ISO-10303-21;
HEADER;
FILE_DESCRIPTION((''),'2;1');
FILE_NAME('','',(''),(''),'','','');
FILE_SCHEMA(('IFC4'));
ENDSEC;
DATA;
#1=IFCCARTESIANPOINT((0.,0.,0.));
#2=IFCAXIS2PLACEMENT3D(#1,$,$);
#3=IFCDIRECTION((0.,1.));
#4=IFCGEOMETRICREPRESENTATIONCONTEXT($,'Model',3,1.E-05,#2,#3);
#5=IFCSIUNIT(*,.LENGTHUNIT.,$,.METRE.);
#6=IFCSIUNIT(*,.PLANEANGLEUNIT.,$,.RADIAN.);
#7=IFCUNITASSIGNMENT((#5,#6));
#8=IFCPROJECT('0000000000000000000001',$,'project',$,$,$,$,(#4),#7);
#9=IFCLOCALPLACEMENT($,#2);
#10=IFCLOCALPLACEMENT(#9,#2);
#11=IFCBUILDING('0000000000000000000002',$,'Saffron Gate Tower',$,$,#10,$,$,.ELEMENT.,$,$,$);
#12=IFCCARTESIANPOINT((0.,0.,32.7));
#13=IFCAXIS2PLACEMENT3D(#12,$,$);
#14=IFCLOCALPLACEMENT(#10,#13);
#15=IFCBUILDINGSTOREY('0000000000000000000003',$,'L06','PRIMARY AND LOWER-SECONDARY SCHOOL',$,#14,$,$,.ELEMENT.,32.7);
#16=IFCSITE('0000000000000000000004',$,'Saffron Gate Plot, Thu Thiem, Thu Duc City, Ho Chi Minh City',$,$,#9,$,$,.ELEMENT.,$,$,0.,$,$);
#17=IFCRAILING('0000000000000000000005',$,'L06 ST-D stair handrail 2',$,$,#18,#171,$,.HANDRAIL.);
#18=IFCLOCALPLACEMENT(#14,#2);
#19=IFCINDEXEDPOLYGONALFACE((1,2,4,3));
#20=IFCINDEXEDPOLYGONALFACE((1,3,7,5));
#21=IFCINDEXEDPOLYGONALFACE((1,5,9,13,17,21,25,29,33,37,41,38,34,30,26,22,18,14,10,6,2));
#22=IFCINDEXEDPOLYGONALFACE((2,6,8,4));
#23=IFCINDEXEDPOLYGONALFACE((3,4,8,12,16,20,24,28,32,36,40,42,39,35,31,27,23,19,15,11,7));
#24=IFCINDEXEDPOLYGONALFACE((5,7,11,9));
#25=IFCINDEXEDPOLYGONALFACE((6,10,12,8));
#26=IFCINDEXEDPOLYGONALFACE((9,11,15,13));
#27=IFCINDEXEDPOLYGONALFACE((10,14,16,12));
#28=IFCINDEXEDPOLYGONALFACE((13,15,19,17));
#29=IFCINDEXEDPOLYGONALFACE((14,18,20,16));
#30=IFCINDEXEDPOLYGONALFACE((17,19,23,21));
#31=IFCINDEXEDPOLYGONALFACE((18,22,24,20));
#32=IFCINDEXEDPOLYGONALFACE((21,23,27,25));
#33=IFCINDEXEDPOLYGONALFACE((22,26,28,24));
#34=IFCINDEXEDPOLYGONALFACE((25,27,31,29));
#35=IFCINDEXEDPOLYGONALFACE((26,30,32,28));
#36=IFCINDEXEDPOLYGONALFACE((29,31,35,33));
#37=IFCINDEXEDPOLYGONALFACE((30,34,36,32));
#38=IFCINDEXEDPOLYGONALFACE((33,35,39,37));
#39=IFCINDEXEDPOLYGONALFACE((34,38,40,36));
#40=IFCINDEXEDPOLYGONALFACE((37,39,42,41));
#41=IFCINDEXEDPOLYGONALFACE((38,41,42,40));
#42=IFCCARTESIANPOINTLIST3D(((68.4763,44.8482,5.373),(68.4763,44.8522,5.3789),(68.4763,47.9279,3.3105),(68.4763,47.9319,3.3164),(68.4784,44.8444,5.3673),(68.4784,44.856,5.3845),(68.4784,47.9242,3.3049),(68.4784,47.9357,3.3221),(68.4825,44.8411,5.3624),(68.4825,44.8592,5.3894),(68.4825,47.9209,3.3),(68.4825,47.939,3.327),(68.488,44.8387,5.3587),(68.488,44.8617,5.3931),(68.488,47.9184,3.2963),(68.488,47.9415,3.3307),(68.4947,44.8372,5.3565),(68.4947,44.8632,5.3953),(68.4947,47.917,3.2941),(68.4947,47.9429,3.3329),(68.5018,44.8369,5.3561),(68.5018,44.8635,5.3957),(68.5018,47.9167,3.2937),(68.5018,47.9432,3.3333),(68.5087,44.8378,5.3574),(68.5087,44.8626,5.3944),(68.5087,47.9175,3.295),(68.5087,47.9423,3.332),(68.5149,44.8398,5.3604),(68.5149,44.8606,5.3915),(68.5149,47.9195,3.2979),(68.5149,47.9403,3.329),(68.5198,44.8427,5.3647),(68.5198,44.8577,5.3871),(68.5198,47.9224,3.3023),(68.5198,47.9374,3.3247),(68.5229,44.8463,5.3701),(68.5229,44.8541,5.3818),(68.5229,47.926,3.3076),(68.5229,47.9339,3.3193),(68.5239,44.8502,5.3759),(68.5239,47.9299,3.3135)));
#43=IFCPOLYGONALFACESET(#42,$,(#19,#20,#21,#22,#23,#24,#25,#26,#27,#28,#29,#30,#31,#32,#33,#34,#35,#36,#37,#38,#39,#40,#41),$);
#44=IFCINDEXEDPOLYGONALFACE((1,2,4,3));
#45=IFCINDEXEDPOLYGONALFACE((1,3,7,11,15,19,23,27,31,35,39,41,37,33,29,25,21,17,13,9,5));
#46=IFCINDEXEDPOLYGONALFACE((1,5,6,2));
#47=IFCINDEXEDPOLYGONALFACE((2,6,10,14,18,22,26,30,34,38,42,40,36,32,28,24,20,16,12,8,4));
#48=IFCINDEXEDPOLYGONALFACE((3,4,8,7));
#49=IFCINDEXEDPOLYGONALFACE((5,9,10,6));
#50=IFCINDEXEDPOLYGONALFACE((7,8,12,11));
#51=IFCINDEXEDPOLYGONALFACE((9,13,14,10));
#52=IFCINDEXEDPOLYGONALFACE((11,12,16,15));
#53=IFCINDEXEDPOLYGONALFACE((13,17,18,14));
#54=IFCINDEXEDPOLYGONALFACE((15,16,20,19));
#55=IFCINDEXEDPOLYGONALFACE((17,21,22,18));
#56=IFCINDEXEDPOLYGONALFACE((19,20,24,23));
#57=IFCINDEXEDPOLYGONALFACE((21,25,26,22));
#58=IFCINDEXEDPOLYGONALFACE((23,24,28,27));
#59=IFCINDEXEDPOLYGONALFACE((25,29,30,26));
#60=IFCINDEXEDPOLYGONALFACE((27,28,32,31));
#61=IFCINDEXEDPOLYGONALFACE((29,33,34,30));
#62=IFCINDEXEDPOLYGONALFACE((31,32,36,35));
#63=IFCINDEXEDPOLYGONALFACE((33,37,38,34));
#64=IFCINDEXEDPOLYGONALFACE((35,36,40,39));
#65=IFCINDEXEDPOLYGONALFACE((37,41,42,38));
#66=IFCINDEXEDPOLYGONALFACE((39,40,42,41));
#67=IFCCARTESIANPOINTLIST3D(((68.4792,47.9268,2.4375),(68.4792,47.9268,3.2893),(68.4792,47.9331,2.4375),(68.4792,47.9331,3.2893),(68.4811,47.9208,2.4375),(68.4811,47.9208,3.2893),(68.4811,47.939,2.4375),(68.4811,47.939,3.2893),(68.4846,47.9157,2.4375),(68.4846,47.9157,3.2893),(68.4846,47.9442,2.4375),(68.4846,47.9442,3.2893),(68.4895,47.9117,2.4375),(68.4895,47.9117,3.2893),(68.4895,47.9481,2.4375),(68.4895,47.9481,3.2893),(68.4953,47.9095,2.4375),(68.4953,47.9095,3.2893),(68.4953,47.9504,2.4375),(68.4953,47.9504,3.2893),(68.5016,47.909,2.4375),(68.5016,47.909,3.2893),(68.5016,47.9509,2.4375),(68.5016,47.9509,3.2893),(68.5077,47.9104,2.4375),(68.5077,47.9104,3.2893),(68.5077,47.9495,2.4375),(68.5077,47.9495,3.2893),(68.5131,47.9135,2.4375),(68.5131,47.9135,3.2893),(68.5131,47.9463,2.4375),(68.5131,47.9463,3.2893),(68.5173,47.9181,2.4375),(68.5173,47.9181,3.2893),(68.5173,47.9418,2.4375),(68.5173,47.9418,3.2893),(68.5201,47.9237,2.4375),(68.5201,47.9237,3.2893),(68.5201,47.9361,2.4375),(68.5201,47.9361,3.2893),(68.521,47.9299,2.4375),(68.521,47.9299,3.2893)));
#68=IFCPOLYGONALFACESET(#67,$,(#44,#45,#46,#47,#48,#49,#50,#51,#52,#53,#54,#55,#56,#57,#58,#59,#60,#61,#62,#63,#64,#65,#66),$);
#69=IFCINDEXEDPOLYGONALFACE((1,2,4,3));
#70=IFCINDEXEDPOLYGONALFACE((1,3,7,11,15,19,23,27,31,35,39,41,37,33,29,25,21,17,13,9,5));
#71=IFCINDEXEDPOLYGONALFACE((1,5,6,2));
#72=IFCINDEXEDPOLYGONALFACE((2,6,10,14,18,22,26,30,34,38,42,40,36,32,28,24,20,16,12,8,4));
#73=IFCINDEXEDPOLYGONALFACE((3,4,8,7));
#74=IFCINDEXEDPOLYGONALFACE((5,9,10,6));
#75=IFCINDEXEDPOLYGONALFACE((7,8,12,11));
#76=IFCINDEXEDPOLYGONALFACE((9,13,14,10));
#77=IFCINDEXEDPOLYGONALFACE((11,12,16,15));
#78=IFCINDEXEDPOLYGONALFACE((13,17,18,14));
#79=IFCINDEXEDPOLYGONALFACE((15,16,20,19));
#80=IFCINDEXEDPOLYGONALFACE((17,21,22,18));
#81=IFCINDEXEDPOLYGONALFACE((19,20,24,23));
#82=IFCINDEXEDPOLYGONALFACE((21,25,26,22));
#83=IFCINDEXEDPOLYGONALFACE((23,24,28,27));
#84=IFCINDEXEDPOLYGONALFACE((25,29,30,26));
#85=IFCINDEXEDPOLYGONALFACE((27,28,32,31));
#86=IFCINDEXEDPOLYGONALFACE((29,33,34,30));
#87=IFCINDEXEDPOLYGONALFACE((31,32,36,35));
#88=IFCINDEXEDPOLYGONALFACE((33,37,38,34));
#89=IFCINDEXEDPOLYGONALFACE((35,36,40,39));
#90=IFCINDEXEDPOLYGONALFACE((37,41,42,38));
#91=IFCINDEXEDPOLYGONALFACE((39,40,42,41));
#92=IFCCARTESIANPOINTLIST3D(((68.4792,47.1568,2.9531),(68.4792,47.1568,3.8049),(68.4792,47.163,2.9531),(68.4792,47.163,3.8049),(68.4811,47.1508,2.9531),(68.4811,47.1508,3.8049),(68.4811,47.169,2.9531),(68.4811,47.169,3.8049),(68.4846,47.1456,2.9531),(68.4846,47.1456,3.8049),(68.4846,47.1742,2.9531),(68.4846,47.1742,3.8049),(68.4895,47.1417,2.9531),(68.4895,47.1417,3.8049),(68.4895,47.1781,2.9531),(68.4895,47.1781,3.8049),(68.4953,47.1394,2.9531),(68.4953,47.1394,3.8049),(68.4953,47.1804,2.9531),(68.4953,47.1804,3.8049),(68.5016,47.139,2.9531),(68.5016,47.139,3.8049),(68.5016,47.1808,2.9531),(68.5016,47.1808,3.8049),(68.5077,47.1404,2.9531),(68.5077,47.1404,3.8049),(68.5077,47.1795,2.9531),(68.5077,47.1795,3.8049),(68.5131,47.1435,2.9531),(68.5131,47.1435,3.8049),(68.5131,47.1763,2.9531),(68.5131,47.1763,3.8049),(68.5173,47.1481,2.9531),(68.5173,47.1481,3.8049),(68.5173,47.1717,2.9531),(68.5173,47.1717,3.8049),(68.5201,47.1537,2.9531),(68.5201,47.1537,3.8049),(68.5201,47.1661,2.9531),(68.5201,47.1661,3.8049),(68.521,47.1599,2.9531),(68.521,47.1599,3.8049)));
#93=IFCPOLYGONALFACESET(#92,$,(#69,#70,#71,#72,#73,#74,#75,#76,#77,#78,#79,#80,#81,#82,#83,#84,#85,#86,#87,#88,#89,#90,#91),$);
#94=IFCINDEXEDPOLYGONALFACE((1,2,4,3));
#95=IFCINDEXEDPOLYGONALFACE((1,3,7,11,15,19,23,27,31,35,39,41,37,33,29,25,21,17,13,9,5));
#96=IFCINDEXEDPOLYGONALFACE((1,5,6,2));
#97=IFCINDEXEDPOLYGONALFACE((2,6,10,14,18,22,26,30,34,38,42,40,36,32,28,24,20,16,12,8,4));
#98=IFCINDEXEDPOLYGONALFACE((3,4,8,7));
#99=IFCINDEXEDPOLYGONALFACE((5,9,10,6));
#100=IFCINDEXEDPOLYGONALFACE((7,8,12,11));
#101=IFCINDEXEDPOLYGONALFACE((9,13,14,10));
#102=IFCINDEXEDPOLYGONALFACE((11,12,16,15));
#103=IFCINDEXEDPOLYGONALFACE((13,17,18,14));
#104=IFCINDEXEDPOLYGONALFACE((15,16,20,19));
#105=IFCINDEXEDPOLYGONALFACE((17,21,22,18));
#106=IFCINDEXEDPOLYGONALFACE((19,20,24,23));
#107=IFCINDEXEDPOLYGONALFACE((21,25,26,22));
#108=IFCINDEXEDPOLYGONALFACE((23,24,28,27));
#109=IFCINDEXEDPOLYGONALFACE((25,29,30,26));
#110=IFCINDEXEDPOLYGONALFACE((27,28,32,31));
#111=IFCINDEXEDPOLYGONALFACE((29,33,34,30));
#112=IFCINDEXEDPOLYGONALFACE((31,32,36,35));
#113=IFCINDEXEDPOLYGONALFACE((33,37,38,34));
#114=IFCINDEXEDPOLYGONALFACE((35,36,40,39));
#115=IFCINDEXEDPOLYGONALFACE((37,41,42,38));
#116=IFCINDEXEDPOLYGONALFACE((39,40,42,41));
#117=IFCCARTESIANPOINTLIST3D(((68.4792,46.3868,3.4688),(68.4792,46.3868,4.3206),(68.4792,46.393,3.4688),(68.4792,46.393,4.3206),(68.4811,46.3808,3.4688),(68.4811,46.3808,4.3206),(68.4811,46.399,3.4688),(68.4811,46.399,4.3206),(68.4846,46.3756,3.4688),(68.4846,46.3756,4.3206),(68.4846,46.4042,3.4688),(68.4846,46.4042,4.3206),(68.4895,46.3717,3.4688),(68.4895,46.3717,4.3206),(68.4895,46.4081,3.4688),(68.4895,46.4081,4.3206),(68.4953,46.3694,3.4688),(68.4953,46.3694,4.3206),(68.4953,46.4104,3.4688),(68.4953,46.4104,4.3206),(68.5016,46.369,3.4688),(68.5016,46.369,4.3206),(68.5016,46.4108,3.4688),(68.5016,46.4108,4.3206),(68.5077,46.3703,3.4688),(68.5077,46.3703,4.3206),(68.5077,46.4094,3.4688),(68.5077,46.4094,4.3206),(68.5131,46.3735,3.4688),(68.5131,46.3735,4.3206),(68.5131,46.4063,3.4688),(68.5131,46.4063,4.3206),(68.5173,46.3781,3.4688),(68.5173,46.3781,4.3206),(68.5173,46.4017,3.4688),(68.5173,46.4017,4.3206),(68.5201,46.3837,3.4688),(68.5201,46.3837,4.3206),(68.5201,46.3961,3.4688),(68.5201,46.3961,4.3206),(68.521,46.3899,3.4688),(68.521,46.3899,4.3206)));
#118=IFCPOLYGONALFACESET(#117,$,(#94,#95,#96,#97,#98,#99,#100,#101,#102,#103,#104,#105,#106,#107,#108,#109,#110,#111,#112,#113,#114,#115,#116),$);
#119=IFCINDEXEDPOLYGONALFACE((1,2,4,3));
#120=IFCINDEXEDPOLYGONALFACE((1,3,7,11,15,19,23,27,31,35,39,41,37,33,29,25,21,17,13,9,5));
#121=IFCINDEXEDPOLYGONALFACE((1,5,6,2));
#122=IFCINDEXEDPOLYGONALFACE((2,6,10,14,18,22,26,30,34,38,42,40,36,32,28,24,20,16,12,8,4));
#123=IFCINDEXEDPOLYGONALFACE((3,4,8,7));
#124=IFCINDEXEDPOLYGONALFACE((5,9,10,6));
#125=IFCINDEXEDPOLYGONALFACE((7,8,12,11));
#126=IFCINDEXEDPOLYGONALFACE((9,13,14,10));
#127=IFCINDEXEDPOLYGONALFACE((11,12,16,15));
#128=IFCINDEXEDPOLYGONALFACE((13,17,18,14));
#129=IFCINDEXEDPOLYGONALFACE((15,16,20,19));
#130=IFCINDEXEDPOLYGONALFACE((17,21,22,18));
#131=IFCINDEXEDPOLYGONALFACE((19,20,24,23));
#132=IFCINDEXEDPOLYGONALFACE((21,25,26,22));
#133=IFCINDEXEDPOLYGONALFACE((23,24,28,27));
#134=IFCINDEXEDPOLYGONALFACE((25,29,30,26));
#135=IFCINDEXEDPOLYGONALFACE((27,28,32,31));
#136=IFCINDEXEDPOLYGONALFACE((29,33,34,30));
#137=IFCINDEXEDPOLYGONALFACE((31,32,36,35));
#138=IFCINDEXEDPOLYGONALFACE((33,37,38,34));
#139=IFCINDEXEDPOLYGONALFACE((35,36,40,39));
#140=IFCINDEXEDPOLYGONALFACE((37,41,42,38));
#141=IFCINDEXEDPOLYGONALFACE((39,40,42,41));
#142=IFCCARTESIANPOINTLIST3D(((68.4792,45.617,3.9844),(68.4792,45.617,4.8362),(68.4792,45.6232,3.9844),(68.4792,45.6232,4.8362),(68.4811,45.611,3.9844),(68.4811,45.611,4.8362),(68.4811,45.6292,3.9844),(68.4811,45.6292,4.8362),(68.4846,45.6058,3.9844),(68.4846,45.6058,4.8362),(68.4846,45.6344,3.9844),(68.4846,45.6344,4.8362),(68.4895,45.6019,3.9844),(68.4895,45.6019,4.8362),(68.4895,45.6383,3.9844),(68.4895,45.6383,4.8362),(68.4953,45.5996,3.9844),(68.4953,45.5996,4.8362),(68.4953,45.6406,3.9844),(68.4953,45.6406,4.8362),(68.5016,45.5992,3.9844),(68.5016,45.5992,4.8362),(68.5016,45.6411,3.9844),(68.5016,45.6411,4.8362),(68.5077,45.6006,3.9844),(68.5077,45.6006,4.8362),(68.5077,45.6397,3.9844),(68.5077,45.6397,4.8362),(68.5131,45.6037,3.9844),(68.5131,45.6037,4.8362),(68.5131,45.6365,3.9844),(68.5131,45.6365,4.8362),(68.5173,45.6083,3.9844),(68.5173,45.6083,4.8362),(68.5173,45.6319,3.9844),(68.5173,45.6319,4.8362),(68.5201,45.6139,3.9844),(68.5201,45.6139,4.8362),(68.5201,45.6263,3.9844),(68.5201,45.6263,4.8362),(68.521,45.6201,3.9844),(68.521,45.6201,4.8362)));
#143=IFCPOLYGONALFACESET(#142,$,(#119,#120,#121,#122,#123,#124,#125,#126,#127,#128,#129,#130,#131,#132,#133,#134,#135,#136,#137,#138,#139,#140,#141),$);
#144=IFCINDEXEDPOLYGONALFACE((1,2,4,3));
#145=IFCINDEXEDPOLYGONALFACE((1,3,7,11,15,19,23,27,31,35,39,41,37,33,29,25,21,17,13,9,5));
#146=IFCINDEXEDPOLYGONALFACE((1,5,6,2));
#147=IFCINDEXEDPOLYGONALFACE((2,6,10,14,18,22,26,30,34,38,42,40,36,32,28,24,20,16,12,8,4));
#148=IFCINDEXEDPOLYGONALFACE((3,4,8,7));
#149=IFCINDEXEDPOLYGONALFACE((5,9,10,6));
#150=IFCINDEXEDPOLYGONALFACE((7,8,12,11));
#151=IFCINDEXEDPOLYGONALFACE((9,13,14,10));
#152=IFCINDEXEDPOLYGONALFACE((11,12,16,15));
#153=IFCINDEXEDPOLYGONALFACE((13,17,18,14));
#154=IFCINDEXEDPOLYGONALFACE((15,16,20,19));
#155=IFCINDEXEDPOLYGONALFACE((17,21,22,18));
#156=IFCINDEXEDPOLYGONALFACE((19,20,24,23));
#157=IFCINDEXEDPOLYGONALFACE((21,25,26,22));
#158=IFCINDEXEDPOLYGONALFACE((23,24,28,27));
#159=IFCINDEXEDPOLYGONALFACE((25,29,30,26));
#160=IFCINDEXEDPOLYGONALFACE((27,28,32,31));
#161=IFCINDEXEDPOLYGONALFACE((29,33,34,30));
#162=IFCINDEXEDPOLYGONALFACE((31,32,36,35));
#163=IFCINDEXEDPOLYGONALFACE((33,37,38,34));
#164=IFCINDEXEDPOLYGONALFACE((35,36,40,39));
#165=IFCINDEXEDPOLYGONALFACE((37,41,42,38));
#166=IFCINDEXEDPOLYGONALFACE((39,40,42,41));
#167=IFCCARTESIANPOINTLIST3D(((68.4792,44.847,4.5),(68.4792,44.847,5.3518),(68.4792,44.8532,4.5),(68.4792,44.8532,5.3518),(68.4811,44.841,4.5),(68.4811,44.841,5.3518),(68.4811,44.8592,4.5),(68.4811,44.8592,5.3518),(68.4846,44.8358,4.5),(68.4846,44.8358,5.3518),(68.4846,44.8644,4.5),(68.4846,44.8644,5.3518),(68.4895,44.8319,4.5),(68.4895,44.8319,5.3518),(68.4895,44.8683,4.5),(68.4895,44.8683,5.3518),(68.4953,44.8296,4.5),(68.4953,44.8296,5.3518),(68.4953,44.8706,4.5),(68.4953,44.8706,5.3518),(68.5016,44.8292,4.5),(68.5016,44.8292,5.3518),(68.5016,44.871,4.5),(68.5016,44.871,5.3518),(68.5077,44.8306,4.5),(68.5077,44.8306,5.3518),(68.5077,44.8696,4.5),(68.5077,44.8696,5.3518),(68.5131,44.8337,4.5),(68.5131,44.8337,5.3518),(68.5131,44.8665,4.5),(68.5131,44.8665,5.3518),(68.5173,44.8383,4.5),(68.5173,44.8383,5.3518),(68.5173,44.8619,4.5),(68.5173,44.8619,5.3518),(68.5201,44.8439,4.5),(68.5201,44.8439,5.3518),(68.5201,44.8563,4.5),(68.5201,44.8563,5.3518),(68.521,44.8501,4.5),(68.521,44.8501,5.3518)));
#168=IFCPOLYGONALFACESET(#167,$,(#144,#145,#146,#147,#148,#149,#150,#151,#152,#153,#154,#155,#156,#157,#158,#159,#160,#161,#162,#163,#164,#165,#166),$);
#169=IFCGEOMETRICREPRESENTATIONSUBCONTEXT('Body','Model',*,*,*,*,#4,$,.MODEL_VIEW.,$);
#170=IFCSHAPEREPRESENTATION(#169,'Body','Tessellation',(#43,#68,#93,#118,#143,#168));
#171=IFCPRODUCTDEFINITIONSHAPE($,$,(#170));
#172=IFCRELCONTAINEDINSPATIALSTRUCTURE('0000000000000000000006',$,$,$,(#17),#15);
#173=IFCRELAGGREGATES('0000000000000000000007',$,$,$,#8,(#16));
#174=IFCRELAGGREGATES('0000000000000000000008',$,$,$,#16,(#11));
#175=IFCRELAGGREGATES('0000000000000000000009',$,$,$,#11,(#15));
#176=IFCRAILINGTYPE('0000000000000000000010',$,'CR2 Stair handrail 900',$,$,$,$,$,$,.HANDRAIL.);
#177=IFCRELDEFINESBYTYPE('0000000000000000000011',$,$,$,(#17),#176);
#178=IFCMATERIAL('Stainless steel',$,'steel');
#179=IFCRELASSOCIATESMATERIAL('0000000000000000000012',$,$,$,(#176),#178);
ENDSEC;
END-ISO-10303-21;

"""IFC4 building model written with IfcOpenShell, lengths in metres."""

from ifc_helpers import new_model, si_unit, direction, frame, origin, origin_2d, place, context, subcontext, project, spatial, circle, extrude, material, type_object, element, save


model = new_model("IFC4")

# Units and contexts
model_context = context("Model", 3, precision=1e-05, world=origin(), true_north=direction((0.0, 1.0)))
body_context = subcontext(model_context, "Body", "Model", "MODEL_VIEW")
ifc_project = project(units=[si_unit("LENGTHUNIT", "METRE"), si_unit("PLANEANGLEUNIT", "RADIAN")], contexts=[model_context])

# Site, building, storey
site_placement = place(None, origin())
site = spatial("IfcSite", under=ifc_project, at=site_placement, Name="Saffron Gate Plot, Thu Thiem, Thu Duc City, Ho Chi Minh City", CompositionType="ELEMENT", RefElevation=0.0)
building_placement = place(site_placement, origin())
building = spatial("IfcBuilding", under=site, at=building_placement, Name="Saffron Gate Tower", CompositionType="ELEMENT")
storey_placement = place(building_placement, frame((0.0, 0.0, 32.7)))
storey = spatial("IfcBuildingStorey", under=building, at=storey_placement, Name="L06", Description="PRIMARY AND LOWER-SECONDARY SCHOOL", CompositionType="ELEMENT", Elevation=32.7)

# Railing
ifc_material_1 = material(Name="Stainless steel", Category="steel")
railing_type = type_object("IfcRailingType", Name="CR2 Stair handrail 900", PredefinedType="HANDRAIL", material=ifc_material_1)
railing_placement = place(storey_placement, frame((68.5, 47.9299, 2.4375)))
element("IfcRailing", 1, at=railing_placement, inside=storey, type_object=railing_type, Name="L06 ST-D stair handrail 2", PredefinedType="HANDRAIL", context=body_context, shape_type="SweptSolid", body=[
    extrude(circle(Radius=0.0239, at=origin_2d()), frame((0.0, 0.0, 0.876), z_axis=(0.0, -0.830893, 0.556432), x_axis=(1.0, 0.0, 0.0)), (0.0, 0.0, 1.0), 3.7065),
    extrude(circle(Radius=0.021, at=origin_2d()), origin(), (0.0, 0.0, 1.0), 0.8518),
    extrude(circle(Radius=0.021, at=origin_2d()), frame((0.0, -0.77, 0.5156)), (0.0, 0.0, 1.0), 0.8518),
    extrude(circle(Radius=0.021, at=origin_2d()), frame((0.0, -1.54, 1.0312)), (0.0, 0.0, 1.0), 0.8518),
    extrude(circle(Radius=0.021, at=origin_2d()), frame((0.0, -2.3098, 1.5469)), (0.0, 0.0, 1.0), 0.8518),
    extrude(circle(Radius=0.021, at=origin_2d()), frame((0.0, -3.0798, 2.0625)), (0.0, 0.0, 1.0), 0.8518),
])

save(model, "model.ifc")
